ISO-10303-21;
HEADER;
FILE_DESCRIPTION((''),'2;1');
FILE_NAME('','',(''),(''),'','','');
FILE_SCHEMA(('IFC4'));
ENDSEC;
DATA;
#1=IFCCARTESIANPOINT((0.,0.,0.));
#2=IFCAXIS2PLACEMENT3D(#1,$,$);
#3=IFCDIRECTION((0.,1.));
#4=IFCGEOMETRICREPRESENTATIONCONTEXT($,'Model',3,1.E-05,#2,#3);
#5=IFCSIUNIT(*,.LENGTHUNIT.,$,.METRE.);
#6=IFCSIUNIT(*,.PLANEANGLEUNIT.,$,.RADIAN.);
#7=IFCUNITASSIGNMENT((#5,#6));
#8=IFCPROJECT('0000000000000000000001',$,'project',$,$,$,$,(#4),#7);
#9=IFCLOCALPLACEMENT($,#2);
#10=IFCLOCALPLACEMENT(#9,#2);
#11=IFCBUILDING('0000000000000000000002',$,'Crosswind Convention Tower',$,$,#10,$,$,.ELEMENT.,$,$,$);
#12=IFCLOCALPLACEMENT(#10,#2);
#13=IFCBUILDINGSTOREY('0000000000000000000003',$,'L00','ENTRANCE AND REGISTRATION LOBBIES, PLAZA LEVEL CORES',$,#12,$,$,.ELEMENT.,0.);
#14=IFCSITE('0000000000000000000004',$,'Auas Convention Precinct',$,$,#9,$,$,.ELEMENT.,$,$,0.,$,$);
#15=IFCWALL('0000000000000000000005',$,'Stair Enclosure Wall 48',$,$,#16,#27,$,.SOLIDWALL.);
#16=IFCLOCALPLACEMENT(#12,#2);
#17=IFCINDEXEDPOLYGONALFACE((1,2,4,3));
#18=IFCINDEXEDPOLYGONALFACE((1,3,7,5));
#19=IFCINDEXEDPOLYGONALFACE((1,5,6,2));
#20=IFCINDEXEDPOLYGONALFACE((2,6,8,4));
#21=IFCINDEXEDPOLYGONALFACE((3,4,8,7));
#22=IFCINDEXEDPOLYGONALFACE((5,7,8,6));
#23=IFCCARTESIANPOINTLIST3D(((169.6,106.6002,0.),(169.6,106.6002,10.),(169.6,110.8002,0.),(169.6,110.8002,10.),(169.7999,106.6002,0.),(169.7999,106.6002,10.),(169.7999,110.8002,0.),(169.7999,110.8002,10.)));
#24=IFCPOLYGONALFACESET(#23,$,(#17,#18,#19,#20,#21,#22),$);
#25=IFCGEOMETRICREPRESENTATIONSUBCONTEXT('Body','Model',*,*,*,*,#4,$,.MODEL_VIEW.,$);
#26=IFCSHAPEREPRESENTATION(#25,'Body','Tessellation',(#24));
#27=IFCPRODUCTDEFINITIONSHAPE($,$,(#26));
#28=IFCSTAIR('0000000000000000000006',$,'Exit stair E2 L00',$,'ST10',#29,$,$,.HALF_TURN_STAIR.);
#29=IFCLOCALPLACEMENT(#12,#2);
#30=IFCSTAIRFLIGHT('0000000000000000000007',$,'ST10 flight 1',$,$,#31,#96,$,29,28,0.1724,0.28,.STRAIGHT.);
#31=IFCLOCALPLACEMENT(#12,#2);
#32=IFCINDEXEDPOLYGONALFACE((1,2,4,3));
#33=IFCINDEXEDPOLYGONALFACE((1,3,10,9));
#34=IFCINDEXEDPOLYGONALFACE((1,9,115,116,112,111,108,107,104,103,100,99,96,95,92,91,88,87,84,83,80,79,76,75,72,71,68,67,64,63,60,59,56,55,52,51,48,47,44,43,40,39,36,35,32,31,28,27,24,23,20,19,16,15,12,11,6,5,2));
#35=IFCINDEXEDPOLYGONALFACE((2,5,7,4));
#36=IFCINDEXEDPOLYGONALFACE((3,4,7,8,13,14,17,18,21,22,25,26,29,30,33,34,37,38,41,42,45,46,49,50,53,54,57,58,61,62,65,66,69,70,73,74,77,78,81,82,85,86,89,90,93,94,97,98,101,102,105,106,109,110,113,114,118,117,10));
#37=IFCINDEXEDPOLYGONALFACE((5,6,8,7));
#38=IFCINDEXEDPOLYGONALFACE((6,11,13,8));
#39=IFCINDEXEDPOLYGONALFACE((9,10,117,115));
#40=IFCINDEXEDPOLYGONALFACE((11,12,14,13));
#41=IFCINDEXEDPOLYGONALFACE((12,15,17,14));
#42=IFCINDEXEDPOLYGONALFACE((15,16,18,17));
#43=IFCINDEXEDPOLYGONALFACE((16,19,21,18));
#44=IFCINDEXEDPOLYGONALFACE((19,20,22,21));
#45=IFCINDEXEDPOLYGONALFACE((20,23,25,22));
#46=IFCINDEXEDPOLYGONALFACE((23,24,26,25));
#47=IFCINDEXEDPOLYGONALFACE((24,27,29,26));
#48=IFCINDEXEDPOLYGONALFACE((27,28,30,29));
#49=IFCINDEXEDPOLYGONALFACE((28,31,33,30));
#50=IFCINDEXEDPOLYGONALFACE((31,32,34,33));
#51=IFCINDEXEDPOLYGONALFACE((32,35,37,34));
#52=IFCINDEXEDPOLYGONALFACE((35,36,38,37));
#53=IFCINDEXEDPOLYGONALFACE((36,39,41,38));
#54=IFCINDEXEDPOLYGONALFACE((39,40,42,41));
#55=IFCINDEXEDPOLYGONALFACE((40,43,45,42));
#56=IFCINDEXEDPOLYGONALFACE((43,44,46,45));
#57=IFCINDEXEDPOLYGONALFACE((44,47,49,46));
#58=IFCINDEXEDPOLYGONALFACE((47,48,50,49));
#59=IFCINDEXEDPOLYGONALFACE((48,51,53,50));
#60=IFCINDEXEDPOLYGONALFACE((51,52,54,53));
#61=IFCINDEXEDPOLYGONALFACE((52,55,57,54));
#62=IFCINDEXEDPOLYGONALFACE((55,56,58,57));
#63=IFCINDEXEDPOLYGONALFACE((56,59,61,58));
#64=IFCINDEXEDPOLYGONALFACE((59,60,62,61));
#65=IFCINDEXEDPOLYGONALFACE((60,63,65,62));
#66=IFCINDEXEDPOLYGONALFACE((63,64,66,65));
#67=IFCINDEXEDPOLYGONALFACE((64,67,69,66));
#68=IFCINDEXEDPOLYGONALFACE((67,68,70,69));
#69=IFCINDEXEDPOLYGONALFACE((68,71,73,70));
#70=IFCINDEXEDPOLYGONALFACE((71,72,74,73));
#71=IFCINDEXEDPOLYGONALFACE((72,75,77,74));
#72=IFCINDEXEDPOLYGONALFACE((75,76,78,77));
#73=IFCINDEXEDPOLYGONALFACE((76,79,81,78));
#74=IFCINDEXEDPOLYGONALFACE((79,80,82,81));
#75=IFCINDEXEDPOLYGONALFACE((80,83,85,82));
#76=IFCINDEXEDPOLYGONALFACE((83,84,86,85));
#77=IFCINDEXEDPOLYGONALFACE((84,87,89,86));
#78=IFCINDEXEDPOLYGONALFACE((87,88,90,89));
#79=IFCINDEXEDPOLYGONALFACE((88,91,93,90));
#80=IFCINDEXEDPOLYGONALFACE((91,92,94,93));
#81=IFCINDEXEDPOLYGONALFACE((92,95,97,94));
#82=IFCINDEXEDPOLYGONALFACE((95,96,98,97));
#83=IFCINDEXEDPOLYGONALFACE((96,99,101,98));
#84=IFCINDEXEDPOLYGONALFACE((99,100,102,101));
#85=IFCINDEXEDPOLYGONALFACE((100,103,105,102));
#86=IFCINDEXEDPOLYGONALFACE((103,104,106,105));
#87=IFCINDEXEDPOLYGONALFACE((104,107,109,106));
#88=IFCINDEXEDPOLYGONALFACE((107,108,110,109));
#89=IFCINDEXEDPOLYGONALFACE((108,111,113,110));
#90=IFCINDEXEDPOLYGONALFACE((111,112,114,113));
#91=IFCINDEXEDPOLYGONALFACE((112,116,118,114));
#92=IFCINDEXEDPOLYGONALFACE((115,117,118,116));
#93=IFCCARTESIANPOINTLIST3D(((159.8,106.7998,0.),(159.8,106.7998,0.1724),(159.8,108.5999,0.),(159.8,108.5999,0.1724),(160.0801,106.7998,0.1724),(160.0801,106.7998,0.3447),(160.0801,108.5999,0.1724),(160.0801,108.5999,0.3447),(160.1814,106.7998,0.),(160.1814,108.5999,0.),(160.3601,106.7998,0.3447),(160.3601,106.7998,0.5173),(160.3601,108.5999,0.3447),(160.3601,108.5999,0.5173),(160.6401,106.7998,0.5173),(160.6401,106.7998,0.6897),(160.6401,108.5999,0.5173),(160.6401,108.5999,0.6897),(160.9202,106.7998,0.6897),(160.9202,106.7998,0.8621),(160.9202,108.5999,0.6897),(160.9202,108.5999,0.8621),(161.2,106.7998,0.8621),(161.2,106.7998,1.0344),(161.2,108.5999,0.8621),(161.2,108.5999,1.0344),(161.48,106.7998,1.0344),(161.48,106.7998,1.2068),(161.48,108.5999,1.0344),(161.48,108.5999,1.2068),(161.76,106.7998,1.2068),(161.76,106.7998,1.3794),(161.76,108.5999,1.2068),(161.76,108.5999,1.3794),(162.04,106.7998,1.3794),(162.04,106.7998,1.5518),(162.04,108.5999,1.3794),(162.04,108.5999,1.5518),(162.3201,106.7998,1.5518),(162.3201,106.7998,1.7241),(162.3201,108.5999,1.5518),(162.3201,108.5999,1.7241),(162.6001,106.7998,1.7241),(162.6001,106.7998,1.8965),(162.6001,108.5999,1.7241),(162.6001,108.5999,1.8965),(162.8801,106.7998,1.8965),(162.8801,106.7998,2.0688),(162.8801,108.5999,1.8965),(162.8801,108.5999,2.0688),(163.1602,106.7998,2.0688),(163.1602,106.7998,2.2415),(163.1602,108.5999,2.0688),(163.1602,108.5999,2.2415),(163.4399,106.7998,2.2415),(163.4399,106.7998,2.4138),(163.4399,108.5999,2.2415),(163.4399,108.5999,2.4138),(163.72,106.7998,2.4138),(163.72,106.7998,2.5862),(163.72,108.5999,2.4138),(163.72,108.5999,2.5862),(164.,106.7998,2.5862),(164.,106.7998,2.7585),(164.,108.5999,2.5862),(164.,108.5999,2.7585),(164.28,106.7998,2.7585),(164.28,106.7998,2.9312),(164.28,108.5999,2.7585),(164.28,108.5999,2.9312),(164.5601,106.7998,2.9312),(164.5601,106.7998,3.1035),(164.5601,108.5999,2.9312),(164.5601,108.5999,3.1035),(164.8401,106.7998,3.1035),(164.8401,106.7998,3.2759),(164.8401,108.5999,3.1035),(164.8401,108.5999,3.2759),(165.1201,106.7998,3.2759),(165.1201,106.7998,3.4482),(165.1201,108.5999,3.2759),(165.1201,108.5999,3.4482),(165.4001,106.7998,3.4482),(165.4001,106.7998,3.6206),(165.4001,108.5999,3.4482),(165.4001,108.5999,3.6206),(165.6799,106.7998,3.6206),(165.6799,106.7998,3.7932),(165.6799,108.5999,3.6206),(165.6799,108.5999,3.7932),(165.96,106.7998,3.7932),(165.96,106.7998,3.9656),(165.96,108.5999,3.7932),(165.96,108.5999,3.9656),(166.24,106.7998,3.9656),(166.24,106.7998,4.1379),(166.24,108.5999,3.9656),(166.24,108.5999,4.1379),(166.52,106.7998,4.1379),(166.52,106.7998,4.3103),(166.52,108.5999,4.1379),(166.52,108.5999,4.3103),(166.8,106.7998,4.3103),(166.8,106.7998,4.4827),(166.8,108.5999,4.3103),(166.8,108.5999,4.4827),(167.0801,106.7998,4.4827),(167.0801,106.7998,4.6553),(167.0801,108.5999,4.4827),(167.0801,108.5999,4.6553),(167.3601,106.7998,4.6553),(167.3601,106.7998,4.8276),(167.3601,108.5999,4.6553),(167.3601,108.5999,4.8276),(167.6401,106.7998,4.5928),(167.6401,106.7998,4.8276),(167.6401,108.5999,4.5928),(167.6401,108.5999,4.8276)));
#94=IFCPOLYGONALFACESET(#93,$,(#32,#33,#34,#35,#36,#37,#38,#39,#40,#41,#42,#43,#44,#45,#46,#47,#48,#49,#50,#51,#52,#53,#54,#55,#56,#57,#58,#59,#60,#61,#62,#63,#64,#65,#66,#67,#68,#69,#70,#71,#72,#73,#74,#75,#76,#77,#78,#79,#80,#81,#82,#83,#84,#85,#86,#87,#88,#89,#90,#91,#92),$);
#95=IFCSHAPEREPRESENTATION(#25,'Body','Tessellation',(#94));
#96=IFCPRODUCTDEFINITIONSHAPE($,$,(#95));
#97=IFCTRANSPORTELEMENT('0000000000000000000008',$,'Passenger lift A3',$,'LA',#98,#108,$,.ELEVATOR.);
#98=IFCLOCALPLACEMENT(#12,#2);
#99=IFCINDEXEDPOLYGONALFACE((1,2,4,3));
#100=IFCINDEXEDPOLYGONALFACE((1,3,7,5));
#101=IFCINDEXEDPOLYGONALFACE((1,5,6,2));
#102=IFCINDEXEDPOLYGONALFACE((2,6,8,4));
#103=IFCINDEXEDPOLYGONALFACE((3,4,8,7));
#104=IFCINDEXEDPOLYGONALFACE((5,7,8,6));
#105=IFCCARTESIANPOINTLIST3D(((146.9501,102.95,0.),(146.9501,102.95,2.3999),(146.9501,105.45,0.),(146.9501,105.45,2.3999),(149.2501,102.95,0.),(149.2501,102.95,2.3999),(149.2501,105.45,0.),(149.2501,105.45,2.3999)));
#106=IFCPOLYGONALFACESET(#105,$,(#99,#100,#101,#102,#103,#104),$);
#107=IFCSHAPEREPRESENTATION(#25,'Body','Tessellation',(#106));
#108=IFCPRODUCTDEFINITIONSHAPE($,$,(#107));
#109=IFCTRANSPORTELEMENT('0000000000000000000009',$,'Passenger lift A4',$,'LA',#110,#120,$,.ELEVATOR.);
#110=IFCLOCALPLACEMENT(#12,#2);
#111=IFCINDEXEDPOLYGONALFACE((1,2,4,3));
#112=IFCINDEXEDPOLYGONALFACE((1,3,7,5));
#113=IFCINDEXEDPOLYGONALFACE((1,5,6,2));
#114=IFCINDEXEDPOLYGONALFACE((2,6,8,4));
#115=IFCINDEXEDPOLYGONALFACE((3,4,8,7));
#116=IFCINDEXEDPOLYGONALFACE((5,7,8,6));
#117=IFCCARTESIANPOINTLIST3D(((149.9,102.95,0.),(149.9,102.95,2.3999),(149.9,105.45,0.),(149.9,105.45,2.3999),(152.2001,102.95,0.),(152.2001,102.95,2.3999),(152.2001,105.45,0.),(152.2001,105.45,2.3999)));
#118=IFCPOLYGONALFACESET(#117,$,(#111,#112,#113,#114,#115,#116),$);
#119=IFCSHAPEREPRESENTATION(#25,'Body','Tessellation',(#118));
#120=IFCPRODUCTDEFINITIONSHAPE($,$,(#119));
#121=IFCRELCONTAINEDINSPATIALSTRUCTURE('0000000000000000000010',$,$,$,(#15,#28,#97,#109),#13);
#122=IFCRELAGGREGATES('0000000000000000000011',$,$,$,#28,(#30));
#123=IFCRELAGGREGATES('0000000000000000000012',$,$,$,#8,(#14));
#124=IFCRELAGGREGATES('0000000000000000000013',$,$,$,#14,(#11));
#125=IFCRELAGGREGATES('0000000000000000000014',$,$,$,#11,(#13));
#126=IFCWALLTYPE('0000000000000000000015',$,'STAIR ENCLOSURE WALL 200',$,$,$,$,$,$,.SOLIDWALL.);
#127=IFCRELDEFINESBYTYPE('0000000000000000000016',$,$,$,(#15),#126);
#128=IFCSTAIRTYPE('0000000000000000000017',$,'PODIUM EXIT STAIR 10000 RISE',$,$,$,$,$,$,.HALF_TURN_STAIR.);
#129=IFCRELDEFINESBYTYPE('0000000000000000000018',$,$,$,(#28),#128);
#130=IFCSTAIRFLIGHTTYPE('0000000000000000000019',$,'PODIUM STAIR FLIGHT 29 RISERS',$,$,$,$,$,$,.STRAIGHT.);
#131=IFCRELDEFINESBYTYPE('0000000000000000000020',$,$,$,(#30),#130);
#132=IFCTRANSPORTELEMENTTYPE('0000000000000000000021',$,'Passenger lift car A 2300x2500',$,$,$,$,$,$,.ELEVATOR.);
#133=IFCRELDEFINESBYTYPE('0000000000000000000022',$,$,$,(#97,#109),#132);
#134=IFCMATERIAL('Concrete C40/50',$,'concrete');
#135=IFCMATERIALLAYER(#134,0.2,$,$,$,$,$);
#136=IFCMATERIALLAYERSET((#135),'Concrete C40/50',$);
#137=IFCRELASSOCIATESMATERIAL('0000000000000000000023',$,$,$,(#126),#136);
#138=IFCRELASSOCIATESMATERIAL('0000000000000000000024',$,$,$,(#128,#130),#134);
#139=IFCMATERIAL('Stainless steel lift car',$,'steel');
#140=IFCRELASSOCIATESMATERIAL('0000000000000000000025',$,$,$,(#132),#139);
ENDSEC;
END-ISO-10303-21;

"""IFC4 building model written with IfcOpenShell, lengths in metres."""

from ifc_helpers import new_model, si_unit, direction, frame, frame_2d, origin, origin_2d, place, context, subcontext, project, spatial, polyline, rectangle, outline, extrude, material, layer, layer_set, type_object, element, aggregate, save


model = new_model("IFC4")

# Units and contexts
model_context = context("Model", 3, precision=1e-05, world=origin(), true_north=direction((0.0, 1.0)))
body_context = subcontext(model_context, "Body", "Model", "MODEL_VIEW")
ifc_project = project(units=[si_unit("LENGTHUNIT", "METRE"), si_unit("PLANEANGLEUNIT", "RADIAN")], contexts=[model_context])

# Site, building, storey
site_placement = place(None, origin())
site = spatial("IfcSite", under=ifc_project, at=site_placement, Name="Auas Convention Precinct", CompositionType="ELEMENT", RefElevation=0.0)
building_placement = place(site_placement, origin())
building = spatial("IfcBuilding", under=site, at=building_placement, Name="Crosswind Convention Tower", CompositionType="ELEMENT")
storey_placement = place(building_placement, origin())
storey = spatial("IfcBuildingStorey", under=building, at=storey_placement, Name="L00", Description="ENTRANCE AND REGISTRATION LOBBIES, PLAZA LEVEL CORES", CompositionType="ELEMENT", Elevation=0.0)

# Shared definitions
ifc_material_1 = material(Name="Concrete C40/50", Category="concrete")

# Shared definitions
ifc_layer_1 = layer(ifc_material_1, 0.2)
ifc_layer_set_1 = layer_set([ifc_layer_1], Name="Concrete C40/50")
wall_type_1 = type_object("IfcWallType", Name="STAIR ENCLOSURE WALL 200", PredefinedType="SOLIDWALL", material=ifc_layer_set_1)

# Wall
wall_1_placement = place(storey_placement, frame((169.7, 106.6001, 0.0), z_axis=(0.0, 0.0, 1.0), x_axis=(0.0, 1.0, 0.0)))
element("IfcWall", 1, at=wall_1_placement, inside=storey, type_object=wall_type_1, Name="Stair Enclosure Wall 48", PredefinedType="SOLIDWALL", context=body_context, shape_type="SweptSolid", body=[
    extrude(rectangle(XDim=4.2, YDim=0.2, at=frame_2d((2.1001, 0.0))), origin(), (0.0, 0.0, 1.0), 10.0),
])

# Stair, stair flight
stair_type = type_object("IfcStairType", Name="PODIUM EXIT STAIR 10000 RISE", PredefinedType="HALF_TURN_STAIR", material=ifc_material_1)
stair_placement = place(storey_placement, origin())
stair = element("IfcStair", 2, at=stair_placement, inside=storey, type_object=stair_type, Name="Exit stair E2 L00", ObjectType="ST10", PredefinedType="HALF_TURN_STAIR")
stair_flight_type = type_object("IfcStairFlightType", Name="PODIUM STAIR FLIGHT 29 RISERS", PredefinedType="STRAIGHT", material=ifc_material_1)
stair_flight_placement = place(storey_placement, frame((159.8, 107.7, 0.0), z_axis=(0.0, 0.0, 1.0), x_axis=(1.0, 0.0, 0.0)))
stair_flight = element("IfcStairFlight", 3, at=stair_flight_placement, type_object=stair_flight_type, Name="ST10 flight 1", NumberOfRisers=29, NumberOfTreads=28, PredefinedType="STRAIGHT", RiserHeight=0.1724, TreadLength=0.28, context=body_context, shape_type="SweptSolid", body=[
    extrude(outline(polyline([(0.0, 0.0), (0.0, 0.1724), (0.28, 0.1724), (0.28, 0.3447), (0.5601, 0.3447), (0.5601, 0.5173), (0.8401, 0.5173), (0.8401, 0.6897), (1.1201, 0.6897), (1.1201, 0.8621), (1.3999, 0.8621), (1.3999, 1.0344), (1.6799, 1.0344), (1.6799, 1.2068), (1.96, 1.2068), (1.96, 1.3794), (2.24, 1.3794), (2.24, 1.5518), (2.52, 1.5518), (2.52, 1.7241), (2.8, 1.7241), (2.8, 1.8965), (3.0801, 1.8965), (3.0801, 2.0688), (3.3601, 2.0688), (3.3601, 2.2415), (3.6399, 2.2415), (3.6399, 2.4138), (3.9199, 2.4138), (3.9199, 2.5862), (4.2, 2.5862), (4.2, 2.7585), (4.48, 2.7585), (4.48, 2.9312), (4.76, 2.9312), (4.76, 3.1035), (5.04, 3.1035), (5.04, 3.2759), (5.3201, 3.2759), (5.3201, 3.4482), (5.6001, 3.4482), (5.6001, 3.6206), (5.8799, 3.6206), (5.8799, 3.7932), (6.1599, 3.7932), (6.1599, 3.9656), (6.4399, 3.9656), (6.4399, 4.1379), (6.72, 4.1379), (6.72, 4.3103), (7.0, 4.3103), (7.0, 4.4827), (7.28, 4.4827), (7.28, 4.6553), (7.5601, 4.6553), (7.5601, 4.8276), (7.8401, 4.8276), (7.8401, 5.0), (7.8401, 4.5928), (0.3813, 0.0), (0.0, 0.0)])), frame((0.0, 0.8999, 0.0), z_axis=(0.0, -1.0, 0.0), x_axis=(1.0, 0.0, 0.0)), (0.0, 0.0, 1.0), 1.8),
])
aggregate(stair, [stair_flight])

# Transport elements
ifc_material_2 = material(Name="Stainless steel lift car", Category="steel")
transport_element_type = type_object("IfcTransportElementType", Name="Passenger lift car A 2300x2500", PredefinedType="ELEVATOR", material=ifc_material_2)
for number, where, z_axis, x_axis, name in (
    (4, (148.1001, 104.2, 0.0), (0.0, 0.0, 1.0), (1.0, 0.0, 0.0), "Passenger lift A3"),
    (5, (151.05, 104.2, 0.0), (0.0, 0.0, 1.0), (1.0, 0.0, 0.0), "Passenger lift A4"),
):
    element("IfcTransportElement", number, at=place(storey_placement, frame(where, z_axis=z_axis, x_axis=x_axis)), inside=storey, type_object=transport_element_type, Name=name, ObjectType="LA", PredefinedType="ELEVATOR", context=body_context, shape_type="SweptSolid", body=[
        extrude(rectangle(XDim=2.3, YDim=2.5, at=origin_2d()), origin(), (0.0, 0.0, 1.0), 2.3999),
    ])

save(model, "model.ifc")
